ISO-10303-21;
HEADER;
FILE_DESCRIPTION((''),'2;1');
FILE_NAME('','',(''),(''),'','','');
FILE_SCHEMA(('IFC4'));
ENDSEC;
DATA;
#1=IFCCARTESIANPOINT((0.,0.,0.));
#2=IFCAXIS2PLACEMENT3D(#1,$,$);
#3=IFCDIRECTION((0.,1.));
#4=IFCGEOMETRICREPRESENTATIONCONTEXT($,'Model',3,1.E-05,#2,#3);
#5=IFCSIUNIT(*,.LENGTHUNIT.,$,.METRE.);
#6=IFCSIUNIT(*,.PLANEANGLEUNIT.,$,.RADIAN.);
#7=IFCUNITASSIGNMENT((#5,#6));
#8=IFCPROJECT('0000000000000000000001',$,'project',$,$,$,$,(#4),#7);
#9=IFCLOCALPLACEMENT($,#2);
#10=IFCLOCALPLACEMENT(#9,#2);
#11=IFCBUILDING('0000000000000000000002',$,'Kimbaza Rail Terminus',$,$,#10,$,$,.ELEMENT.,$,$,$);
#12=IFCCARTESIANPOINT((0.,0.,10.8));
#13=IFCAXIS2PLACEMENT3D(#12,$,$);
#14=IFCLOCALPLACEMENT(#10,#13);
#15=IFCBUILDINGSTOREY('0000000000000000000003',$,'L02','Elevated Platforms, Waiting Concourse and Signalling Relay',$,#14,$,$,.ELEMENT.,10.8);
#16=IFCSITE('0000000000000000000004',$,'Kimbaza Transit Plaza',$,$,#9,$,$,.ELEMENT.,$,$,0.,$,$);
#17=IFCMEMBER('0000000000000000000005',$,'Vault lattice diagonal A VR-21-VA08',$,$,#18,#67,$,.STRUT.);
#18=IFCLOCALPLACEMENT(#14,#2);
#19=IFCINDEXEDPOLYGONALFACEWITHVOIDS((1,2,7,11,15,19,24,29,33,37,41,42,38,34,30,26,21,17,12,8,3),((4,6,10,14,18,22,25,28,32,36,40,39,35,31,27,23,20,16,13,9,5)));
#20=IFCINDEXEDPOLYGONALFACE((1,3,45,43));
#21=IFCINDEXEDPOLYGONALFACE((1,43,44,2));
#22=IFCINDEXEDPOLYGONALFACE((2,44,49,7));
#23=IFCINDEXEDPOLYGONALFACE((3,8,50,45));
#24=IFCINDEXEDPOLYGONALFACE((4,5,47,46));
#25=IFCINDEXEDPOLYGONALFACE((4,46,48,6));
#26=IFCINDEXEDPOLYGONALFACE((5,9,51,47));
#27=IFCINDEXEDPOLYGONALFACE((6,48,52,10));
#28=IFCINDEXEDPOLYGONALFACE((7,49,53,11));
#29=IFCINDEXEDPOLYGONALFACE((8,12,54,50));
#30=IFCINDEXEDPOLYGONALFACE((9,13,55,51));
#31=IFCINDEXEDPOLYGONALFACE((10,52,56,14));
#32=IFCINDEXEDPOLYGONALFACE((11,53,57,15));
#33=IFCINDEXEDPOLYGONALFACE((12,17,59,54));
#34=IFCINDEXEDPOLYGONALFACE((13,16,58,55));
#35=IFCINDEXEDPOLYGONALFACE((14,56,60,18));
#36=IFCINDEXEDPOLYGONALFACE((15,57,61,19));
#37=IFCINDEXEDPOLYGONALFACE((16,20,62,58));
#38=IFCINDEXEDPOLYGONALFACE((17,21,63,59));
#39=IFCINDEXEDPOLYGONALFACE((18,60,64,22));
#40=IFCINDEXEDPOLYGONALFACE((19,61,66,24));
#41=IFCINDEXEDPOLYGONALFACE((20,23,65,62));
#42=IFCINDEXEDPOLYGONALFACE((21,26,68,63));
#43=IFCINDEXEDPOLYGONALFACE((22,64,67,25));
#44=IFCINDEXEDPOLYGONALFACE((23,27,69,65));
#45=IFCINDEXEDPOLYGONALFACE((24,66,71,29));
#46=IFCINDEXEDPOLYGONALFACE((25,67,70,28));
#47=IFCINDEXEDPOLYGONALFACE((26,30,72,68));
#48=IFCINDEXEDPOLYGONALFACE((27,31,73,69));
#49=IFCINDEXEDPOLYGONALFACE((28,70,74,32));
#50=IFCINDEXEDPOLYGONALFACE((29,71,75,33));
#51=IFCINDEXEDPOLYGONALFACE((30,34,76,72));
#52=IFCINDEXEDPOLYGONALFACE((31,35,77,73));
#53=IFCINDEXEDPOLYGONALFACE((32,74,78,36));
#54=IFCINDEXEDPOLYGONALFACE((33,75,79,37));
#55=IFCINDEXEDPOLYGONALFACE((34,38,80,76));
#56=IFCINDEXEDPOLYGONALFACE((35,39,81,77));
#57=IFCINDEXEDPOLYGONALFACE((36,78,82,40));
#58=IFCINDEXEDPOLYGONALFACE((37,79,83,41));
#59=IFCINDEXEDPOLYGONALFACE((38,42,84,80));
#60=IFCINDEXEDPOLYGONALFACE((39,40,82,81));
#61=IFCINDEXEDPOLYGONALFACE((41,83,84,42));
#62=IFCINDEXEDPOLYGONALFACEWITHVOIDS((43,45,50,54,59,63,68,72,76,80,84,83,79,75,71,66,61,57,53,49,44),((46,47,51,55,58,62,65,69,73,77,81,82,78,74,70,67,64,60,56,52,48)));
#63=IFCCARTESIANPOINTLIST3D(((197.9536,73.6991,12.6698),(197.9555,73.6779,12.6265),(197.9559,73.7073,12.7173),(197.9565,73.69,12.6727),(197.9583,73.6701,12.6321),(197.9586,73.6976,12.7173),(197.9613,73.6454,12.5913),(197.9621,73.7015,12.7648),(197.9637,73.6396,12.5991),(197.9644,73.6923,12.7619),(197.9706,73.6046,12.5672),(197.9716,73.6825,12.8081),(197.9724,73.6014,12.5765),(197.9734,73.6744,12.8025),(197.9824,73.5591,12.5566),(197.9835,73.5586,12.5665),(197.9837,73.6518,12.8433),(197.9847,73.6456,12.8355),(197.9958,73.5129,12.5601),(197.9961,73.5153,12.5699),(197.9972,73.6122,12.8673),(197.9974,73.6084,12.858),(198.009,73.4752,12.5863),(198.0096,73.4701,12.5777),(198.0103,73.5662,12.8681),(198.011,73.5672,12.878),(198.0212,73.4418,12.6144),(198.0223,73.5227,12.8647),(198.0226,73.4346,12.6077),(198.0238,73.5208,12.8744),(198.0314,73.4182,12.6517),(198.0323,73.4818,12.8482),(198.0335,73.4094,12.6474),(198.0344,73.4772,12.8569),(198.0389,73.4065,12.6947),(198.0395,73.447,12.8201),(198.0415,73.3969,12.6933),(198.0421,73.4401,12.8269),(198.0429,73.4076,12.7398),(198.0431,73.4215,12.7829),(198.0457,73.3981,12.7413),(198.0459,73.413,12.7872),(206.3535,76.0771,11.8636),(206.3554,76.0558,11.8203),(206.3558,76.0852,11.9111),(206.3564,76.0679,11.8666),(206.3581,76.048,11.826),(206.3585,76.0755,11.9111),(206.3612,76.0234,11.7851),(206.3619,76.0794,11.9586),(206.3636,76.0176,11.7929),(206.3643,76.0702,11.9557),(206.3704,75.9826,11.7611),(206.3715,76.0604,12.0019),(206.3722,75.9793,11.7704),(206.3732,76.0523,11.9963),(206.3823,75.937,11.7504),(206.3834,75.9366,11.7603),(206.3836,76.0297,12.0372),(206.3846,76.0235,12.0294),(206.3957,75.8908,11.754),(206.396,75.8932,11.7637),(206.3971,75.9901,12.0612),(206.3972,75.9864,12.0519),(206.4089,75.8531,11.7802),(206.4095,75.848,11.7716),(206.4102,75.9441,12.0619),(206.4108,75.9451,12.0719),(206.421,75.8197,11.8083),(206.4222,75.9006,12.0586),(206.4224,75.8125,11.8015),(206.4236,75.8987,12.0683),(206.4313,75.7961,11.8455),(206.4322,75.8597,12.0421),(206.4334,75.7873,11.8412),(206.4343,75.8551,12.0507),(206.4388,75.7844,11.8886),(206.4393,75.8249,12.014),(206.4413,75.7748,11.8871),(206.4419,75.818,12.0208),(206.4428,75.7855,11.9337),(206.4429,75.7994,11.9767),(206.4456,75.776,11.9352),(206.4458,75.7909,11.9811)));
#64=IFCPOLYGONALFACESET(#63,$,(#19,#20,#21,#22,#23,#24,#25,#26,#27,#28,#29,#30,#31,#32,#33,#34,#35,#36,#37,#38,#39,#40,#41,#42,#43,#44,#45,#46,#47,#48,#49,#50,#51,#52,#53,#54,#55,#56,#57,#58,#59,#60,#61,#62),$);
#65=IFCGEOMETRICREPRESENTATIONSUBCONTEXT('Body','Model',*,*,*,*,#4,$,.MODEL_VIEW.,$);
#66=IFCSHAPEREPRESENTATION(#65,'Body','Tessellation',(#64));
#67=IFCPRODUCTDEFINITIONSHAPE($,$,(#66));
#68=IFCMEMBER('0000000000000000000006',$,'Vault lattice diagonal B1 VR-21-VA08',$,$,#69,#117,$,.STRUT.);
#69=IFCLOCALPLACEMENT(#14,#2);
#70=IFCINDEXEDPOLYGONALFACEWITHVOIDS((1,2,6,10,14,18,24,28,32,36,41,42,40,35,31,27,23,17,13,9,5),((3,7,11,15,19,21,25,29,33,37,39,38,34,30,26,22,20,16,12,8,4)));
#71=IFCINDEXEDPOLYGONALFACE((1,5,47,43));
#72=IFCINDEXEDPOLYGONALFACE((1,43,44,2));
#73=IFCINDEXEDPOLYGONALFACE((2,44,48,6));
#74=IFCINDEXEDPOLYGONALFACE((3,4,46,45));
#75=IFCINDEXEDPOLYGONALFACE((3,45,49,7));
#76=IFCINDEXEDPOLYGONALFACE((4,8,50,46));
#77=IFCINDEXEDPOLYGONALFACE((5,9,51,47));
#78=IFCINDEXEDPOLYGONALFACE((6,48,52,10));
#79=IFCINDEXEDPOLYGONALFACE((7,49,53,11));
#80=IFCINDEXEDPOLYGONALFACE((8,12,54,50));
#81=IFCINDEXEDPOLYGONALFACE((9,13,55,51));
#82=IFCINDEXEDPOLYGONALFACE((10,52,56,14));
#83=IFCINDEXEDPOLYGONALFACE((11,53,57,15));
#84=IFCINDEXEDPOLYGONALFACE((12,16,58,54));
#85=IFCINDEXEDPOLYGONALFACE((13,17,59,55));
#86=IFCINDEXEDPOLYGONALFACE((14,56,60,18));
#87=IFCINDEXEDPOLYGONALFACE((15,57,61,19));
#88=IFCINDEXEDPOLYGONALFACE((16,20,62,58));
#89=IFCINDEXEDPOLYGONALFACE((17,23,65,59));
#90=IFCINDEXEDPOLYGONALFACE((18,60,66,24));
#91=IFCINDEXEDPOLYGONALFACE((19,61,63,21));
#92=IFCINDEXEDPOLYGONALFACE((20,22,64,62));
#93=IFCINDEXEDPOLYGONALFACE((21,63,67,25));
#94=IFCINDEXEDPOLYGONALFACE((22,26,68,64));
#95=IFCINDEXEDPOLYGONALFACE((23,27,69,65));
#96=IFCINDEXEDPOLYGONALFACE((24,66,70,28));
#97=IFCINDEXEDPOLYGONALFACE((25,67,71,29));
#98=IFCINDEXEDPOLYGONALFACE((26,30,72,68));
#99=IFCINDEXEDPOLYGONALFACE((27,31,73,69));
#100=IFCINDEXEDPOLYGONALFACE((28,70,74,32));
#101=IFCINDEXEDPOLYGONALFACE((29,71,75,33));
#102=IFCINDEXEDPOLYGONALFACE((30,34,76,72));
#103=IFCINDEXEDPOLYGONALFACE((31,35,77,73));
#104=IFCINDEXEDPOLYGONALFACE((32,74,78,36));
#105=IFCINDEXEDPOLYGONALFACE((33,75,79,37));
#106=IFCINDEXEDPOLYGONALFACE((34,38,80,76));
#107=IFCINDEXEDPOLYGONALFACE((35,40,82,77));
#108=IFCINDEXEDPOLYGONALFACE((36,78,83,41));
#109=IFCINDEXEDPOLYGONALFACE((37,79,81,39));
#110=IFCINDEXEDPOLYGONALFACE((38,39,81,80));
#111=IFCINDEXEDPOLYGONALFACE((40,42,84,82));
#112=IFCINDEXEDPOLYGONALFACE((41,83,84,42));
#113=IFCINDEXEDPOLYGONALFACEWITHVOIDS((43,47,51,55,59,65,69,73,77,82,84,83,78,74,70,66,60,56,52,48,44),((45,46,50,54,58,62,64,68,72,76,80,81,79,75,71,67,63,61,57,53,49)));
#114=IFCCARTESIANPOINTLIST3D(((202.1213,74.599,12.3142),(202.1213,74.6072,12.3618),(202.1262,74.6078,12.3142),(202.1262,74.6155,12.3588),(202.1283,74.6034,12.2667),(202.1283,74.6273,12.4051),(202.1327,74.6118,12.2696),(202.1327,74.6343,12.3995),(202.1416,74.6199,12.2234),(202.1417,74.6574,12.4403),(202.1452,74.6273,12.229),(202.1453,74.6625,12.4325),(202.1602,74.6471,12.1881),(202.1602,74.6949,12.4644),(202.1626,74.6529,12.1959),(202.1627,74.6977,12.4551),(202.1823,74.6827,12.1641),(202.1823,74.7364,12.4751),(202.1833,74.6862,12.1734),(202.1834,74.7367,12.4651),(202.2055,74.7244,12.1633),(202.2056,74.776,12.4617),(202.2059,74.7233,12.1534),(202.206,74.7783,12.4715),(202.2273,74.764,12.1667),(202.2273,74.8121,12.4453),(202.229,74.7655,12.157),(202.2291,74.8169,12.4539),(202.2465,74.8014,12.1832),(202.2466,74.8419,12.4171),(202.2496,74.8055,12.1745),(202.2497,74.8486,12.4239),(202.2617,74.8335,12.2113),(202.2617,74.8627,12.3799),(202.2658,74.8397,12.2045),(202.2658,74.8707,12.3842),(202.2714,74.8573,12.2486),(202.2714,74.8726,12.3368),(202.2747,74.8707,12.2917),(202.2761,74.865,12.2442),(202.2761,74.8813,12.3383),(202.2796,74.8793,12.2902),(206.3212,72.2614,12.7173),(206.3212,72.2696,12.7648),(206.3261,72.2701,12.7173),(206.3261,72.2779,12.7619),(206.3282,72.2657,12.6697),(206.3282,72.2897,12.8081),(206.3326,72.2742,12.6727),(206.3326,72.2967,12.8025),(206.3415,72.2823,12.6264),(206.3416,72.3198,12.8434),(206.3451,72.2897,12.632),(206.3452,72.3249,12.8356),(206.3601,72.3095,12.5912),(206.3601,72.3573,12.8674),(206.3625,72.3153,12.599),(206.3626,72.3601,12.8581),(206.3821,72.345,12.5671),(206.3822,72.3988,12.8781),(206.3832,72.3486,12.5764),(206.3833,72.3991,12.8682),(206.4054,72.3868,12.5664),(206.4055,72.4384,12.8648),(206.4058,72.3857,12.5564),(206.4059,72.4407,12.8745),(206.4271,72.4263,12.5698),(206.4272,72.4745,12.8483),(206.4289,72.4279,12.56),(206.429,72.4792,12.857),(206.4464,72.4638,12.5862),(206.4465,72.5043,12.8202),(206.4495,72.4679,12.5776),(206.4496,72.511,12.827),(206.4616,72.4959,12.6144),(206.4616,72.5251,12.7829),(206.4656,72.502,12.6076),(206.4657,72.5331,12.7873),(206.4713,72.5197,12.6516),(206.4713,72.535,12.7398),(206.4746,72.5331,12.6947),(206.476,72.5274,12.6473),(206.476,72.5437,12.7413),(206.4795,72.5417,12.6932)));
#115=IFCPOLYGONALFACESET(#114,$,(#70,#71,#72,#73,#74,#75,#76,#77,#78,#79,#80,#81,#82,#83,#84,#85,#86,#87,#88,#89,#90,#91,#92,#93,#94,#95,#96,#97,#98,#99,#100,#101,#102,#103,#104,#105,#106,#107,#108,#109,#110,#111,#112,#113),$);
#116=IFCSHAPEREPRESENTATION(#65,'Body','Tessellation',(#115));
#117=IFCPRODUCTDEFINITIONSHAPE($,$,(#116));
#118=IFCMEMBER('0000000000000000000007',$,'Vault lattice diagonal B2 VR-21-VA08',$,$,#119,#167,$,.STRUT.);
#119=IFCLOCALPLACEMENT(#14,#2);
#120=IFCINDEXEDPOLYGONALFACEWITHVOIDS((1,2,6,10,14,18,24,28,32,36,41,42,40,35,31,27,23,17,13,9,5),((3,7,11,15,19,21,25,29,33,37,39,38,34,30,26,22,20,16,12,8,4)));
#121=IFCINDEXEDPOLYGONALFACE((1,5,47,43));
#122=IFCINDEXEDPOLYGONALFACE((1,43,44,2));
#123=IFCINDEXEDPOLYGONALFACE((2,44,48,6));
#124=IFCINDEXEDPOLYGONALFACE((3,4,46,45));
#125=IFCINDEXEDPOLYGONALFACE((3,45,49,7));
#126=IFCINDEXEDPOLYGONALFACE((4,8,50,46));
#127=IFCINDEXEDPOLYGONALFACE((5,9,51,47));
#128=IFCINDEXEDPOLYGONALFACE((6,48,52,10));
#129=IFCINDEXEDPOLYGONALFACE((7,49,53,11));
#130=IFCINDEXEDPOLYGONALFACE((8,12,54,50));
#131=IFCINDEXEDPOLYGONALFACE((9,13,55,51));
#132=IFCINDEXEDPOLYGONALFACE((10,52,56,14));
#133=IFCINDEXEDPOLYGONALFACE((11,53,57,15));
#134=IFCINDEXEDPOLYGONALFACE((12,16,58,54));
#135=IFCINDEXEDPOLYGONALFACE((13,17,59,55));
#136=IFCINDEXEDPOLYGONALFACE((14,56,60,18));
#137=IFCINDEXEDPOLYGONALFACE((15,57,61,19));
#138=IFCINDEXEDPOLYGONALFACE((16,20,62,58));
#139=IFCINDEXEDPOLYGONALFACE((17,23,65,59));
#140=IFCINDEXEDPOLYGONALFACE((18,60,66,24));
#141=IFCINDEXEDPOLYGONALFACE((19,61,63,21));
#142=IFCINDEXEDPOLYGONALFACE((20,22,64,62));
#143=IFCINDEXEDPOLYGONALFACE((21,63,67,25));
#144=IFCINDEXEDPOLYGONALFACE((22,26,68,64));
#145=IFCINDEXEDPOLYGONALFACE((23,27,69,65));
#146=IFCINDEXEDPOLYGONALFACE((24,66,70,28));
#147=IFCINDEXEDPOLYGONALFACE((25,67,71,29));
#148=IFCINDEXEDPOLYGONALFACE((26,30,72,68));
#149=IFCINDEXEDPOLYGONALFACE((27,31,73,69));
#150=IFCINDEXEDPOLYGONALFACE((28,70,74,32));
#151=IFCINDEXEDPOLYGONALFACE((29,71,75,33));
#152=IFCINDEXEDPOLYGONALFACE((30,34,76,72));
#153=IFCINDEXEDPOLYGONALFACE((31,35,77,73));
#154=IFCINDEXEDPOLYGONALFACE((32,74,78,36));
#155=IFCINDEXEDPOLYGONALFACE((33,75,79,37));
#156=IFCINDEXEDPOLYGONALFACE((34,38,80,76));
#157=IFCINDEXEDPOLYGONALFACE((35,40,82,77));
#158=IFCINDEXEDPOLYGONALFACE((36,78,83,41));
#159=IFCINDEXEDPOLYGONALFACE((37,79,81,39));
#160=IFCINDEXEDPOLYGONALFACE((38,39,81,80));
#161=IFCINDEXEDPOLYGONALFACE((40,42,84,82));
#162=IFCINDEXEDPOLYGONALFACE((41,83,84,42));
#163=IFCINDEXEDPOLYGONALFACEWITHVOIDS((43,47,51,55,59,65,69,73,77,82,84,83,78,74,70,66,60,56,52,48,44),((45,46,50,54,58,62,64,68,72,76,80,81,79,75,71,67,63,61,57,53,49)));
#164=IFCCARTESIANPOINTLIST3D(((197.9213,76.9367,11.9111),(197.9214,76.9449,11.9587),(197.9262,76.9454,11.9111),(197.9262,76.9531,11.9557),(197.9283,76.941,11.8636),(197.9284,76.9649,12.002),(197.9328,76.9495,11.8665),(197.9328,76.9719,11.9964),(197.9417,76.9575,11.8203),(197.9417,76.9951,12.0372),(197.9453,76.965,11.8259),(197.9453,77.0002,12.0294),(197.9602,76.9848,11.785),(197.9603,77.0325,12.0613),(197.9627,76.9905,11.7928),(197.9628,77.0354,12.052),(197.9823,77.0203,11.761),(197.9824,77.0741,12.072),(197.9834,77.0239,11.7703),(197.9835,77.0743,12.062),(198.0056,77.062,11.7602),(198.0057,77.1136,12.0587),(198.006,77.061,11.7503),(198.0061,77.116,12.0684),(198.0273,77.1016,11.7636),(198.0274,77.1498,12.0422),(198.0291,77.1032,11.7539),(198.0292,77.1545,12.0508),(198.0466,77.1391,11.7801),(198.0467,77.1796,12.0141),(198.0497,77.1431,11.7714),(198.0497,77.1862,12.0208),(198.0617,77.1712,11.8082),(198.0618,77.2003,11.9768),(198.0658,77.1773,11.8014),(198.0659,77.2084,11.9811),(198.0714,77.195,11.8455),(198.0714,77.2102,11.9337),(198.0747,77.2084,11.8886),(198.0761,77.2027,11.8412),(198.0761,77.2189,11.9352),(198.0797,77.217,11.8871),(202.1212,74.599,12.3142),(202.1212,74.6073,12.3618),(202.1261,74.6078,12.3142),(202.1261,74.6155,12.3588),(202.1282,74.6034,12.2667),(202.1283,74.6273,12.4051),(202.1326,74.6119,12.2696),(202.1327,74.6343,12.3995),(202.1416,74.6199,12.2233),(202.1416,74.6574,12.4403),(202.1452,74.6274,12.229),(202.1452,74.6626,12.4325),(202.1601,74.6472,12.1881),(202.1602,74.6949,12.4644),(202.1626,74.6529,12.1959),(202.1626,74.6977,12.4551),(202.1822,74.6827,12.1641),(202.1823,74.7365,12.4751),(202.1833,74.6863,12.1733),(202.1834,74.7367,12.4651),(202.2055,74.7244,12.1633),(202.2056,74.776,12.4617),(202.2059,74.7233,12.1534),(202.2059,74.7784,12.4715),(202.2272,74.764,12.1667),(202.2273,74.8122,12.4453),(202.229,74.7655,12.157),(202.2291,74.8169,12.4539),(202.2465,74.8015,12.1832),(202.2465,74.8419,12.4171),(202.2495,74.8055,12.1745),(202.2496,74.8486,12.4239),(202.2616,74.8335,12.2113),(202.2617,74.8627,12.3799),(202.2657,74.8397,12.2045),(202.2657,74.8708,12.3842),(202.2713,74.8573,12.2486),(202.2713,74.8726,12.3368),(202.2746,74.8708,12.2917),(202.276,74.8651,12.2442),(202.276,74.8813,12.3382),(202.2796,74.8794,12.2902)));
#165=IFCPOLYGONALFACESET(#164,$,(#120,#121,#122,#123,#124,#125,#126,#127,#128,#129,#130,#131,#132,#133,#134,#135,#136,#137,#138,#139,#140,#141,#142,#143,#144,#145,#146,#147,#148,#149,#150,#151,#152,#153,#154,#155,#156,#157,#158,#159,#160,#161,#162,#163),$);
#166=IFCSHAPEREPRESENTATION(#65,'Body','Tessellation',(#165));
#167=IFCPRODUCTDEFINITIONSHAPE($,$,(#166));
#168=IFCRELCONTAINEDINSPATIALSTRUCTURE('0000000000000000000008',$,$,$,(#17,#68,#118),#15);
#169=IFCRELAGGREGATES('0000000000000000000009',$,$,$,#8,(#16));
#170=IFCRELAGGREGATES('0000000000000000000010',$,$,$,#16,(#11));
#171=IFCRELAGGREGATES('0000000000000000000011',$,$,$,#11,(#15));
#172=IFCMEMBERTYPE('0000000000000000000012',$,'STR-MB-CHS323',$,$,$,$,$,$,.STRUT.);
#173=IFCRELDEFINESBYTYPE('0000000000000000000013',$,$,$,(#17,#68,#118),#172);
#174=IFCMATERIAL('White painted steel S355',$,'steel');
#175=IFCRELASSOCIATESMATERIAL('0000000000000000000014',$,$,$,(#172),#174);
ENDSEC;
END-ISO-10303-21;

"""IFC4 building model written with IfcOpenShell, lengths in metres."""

from ifc_helpers import new_model, si_unit, direction, frame, origin, origin_2d, place, context, subcontext, project, spatial, hollow_circle, extrude, material, material_profile, profile_set, type_object, element, save


model = new_model("IFC4")

# Units and contexts
model_context = context("Model", 3, precision=1e-05, world=origin(), true_north=direction((0.0, 1.0)))
body_context = subcontext(model_context, "Body", "Model", "MODEL_VIEW")
ifc_project = project(units=[si_unit("LENGTHUNIT", "METRE"), si_unit("PLANEANGLEUNIT", "RADIAN")], contexts=[model_context])

# Site, building, storey
site_placement = place(None, origin())
site = spatial("IfcSite", under=ifc_project, at=site_placement, Name="Kimbaza Transit Plaza", CompositionType="ELEMENT", RefElevation=0.0)
building_placement = place(site_placement, origin())
building = spatial("IfcBuilding", under=site, at=building_placement, Name="Kimbaza Rail Terminus", CompositionType="ELEMENT")
storey_placement = place(building_placement, frame((0.0, 0.0, 10.8)))
storey = spatial("IfcBuildingStorey", under=building, at=storey_placement, Name="L02", Description="Elevated Platforms, Waiting Concourse and Signalling Relay", CompositionType="ELEMENT", Elevation=10.8)

# Members
ifc_material_1 = material(Name="White painted steel S355", Category="steel")
ifc_material_profile_1 = material_profile(ifc_material_1, hollow_circle(Radius=0.1619, WallThickness=0.01, at=origin_2d()), Name="CHS 323.9x10")
ifc_profile_set_1 = profile_set([ifc_material_profile_1], Name="White painted steel S355")
member_type_1 = type_object("IfcMemberType", Name="STR-MB-CHS323", PredefinedType="STRUT", material=ifc_profile_set_1)
member_1_placement = place(storey_placement, frame((198.0, 73.5515, 12.7173), z_axis=(0.958112, 0.271232, -0.091952), x_axis=(-0.272386, 0.962188, 0.0)))
element("IfcMember", 1, at=member_1_placement, inside=storey, type_object=member_type_1, Name="Vault lattice diagonal A VR-21-VA08", PredefinedType="STRUT", context=body_context, shape_type="SweptSolid", body=[
    extrude(hollow_circle(Radius=0.1619, WallThickness=0.01, at=origin_2d()), origin(), (0.0, 0.0, 1.0), 8.7671),
])
for number, where, z_axis, x_axis, name in (
    (2, (206.3999, 72.4028, 12.7173), (-0.870718, 0.484632, -0.083564), (-0.486333, -0.873774, 0.0), "Vault lattice diagonal B1 VR-21-VA08"),
    (3, (202.2, 74.7405, 12.3142), (-0.870718, 0.484632, -0.083564), (-0.486333, -0.873774, 0.0), "Vault lattice diagonal B2 VR-21-VA08"),
):
    element("IfcMember", number, at=place(storey_placement, frame(where, z_axis=z_axis, x_axis=x_axis)), inside=storey, type_object=member_type_1, Name=name, PredefinedType="STRUT", context=body_context, shape_type="SweptSolid", body=[
        extrude(hollow_circle(Radius=0.1619, WallThickness=0.01, at=origin_2d()), origin(), (0.0, 0.0, 1.0), 4.8235),
    ])

save(model, "model.ifc")
